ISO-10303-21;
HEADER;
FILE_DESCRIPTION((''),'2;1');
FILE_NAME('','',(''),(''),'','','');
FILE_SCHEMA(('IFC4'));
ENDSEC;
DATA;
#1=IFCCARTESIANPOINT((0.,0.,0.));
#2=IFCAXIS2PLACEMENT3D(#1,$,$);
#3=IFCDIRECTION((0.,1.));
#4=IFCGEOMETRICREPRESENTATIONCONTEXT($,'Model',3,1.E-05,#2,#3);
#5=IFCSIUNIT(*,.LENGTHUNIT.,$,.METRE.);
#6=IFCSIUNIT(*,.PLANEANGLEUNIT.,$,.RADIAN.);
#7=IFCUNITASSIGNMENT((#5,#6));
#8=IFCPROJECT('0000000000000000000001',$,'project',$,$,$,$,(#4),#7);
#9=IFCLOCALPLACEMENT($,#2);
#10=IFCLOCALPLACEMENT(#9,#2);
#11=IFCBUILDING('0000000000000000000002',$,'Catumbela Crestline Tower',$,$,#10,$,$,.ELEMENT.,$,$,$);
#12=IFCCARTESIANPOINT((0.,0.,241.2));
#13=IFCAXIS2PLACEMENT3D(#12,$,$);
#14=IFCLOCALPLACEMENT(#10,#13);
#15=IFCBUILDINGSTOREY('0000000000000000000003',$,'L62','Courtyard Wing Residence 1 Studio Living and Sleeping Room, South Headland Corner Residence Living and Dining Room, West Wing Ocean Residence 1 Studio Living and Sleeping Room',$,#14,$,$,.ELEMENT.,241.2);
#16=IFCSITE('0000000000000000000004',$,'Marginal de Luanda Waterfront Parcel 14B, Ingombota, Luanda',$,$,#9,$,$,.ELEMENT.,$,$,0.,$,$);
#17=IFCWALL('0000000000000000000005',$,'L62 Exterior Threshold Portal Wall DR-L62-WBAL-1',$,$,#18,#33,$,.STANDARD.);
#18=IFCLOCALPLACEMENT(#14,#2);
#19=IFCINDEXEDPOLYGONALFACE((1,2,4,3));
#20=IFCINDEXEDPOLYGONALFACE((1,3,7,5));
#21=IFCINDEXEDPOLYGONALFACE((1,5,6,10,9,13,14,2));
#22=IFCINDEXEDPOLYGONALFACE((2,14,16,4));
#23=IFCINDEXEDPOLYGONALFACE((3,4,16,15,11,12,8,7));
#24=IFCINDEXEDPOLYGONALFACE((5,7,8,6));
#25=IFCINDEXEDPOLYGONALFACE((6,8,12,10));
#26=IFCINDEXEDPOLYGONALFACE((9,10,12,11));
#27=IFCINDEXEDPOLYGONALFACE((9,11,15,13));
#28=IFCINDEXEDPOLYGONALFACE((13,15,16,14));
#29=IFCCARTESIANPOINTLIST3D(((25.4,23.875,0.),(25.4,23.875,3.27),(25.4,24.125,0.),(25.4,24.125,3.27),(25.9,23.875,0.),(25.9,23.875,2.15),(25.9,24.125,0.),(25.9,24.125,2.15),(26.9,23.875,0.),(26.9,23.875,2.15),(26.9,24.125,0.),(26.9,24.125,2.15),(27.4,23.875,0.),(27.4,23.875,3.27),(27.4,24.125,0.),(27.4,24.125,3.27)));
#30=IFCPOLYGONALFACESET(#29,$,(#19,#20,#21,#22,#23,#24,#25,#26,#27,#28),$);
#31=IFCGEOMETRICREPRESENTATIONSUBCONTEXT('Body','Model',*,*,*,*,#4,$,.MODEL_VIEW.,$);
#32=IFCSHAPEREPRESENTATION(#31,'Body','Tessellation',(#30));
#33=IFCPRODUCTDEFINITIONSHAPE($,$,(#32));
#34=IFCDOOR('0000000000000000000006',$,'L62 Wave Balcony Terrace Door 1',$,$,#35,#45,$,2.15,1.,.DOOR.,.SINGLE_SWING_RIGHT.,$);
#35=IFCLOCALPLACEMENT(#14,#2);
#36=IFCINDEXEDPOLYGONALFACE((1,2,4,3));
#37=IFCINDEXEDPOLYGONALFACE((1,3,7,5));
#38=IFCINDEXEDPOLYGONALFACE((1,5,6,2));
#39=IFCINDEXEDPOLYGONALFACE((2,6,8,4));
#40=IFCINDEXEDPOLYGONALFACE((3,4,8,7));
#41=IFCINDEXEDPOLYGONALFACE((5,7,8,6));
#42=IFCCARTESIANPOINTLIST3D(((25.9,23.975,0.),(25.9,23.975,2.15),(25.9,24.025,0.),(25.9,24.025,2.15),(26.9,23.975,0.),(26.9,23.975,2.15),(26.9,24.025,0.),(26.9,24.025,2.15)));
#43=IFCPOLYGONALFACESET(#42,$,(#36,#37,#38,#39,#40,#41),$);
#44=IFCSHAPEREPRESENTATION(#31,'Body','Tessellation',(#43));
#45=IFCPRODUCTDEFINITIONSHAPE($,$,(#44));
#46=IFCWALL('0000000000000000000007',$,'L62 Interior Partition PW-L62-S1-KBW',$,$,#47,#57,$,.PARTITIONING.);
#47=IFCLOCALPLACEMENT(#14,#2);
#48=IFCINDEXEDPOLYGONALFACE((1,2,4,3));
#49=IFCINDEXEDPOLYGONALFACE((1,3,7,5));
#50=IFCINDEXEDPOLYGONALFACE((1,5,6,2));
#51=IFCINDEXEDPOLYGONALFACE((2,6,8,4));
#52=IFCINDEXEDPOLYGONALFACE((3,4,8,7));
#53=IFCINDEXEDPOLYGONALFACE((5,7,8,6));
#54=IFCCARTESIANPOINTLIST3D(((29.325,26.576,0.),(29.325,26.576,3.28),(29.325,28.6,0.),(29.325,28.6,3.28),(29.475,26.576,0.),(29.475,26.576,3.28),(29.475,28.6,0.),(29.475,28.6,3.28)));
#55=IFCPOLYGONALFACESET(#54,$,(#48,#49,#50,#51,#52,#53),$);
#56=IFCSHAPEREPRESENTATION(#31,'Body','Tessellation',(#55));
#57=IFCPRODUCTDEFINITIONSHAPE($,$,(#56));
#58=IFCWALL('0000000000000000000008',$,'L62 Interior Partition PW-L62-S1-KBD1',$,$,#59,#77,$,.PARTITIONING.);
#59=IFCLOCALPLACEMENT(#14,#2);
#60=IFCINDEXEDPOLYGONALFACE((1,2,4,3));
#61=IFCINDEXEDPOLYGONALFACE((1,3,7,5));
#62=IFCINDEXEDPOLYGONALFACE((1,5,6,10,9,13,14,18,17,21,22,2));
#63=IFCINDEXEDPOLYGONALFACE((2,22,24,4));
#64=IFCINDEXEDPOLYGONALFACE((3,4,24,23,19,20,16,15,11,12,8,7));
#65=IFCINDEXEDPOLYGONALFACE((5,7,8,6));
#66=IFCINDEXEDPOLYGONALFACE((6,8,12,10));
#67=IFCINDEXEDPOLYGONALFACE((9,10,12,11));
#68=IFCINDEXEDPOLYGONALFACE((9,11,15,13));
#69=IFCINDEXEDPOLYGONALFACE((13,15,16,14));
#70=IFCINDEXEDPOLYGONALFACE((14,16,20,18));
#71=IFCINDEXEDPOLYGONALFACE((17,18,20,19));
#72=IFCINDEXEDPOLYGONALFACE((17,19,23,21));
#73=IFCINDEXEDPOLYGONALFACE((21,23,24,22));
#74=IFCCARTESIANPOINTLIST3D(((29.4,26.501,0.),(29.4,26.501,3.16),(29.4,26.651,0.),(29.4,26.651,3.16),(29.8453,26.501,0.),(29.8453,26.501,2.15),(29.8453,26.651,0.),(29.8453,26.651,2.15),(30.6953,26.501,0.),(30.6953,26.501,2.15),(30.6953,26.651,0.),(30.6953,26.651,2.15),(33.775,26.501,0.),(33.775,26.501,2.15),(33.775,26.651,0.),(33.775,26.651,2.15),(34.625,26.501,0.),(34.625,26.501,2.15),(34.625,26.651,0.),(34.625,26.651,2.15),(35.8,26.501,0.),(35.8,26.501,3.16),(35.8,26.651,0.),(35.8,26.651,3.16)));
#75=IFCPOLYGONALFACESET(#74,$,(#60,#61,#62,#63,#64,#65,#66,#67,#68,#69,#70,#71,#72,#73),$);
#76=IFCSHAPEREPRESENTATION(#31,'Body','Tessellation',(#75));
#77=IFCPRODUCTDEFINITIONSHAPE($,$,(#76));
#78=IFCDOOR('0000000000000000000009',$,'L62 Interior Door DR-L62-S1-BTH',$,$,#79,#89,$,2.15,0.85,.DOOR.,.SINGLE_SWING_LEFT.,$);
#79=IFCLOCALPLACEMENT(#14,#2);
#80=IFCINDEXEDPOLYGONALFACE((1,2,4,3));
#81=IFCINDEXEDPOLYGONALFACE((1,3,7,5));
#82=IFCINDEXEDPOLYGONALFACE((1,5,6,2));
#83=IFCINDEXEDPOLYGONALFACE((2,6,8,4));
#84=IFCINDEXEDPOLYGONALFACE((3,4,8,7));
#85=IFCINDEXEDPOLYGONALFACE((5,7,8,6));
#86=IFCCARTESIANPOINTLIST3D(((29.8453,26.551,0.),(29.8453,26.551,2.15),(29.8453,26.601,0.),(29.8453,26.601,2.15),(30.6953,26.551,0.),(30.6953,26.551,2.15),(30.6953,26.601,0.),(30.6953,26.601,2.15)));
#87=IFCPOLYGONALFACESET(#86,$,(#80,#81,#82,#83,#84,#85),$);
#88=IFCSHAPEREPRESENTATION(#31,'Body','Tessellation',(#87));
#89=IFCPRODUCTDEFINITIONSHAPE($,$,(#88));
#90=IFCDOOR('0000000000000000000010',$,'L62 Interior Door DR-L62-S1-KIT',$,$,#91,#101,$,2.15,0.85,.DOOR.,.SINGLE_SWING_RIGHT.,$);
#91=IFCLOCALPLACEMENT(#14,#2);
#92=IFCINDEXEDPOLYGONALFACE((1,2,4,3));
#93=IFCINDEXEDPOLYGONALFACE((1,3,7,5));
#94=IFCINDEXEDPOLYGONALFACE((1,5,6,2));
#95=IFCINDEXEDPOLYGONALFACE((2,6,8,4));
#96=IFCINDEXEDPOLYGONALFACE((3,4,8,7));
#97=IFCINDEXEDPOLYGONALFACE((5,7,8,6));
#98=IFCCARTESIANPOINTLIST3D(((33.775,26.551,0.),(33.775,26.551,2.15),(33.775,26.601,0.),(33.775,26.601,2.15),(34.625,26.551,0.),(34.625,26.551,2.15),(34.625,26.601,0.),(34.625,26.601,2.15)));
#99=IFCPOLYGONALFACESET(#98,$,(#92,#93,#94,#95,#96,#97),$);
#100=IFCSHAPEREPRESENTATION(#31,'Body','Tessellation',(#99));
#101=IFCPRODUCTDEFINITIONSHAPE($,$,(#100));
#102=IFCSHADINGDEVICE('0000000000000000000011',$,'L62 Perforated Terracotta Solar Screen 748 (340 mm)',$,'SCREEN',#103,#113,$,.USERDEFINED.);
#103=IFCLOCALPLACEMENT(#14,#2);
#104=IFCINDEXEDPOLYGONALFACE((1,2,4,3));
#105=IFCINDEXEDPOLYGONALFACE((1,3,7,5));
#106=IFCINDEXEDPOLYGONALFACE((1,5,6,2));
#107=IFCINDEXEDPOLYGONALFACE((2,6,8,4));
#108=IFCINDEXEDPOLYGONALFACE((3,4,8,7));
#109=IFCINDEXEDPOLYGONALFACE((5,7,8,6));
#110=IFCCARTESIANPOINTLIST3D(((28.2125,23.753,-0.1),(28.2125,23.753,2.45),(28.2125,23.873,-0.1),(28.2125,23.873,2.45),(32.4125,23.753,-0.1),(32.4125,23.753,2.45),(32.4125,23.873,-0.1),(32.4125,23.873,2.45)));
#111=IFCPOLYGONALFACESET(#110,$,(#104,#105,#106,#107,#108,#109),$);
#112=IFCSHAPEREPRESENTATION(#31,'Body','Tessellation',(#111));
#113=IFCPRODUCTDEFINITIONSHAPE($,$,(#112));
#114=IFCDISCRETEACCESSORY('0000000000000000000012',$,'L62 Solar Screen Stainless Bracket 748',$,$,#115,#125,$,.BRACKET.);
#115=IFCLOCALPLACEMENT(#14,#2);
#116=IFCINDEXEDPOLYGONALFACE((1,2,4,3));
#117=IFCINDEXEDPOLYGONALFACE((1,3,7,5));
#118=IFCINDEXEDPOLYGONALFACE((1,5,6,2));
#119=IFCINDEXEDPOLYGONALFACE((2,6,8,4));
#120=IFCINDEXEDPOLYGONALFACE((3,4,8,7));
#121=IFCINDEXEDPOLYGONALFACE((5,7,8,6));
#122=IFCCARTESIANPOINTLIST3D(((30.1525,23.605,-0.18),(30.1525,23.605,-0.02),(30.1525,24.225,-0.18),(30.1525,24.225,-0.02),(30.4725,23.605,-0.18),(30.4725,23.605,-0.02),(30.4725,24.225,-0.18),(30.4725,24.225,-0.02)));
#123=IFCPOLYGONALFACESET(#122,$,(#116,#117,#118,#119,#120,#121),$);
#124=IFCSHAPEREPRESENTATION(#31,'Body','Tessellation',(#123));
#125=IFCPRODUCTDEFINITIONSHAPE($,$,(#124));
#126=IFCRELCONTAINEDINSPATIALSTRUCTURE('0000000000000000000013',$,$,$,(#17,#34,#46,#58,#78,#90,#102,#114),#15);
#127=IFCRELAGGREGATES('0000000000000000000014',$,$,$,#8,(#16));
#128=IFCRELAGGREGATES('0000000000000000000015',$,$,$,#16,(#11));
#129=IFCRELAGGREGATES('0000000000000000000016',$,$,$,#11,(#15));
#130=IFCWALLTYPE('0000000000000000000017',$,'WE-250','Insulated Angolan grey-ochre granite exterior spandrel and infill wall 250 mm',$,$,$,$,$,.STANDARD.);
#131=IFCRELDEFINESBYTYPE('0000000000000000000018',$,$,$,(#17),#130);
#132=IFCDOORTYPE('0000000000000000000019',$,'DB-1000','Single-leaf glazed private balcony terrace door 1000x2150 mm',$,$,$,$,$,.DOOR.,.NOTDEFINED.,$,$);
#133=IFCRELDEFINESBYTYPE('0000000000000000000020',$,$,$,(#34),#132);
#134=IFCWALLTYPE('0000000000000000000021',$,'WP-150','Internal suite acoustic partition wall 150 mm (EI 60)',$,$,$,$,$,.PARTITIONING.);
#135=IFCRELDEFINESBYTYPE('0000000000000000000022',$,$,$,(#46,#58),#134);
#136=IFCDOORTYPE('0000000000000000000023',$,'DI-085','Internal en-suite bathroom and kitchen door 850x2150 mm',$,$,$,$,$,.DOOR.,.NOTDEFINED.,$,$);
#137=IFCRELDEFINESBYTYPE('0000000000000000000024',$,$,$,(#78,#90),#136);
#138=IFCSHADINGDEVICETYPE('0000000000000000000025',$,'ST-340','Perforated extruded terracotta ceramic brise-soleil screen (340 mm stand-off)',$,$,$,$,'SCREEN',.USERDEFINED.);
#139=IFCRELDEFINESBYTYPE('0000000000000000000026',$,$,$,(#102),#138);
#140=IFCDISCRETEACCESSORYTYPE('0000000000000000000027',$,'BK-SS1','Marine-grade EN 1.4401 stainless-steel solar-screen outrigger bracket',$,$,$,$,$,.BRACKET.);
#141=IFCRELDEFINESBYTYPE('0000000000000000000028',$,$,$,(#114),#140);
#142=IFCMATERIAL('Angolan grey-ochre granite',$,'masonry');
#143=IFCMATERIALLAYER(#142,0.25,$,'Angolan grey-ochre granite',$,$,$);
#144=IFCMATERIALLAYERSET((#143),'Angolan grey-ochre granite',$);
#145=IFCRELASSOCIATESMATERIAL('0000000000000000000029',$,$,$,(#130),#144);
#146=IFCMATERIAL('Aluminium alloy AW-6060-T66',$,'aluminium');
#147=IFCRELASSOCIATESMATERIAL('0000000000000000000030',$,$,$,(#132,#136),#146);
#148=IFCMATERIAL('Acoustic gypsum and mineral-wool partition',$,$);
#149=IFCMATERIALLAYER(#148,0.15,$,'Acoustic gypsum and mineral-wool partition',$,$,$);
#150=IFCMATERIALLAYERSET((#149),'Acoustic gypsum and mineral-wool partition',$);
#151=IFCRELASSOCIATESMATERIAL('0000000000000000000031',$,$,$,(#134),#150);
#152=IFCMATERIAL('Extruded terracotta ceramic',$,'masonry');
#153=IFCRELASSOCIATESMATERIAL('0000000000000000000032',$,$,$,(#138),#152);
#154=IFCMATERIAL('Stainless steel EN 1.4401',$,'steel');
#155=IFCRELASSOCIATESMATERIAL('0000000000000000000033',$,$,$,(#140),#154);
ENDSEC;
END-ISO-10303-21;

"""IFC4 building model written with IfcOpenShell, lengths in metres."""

from ifc_helpers import new_model, si_unit, direction, frame, frame_2d, origin, origin_2d, place, context, subcontext, project, spatial, rectangle, extrude, material, layer, layer_set, type_object, element, fill, save


model = new_model("IFC4")

# Units and contexts
model_context = context("Model", 3, precision=1e-05, world=origin(), true_north=direction((0.0, 1.0)))
body_context = subcontext(model_context, "Body", "Model", "MODEL_VIEW")
ifc_project = project(units=[si_unit("LENGTHUNIT", "METRE"), si_unit("PLANEANGLEUNIT", "RADIAN")], contexts=[model_context])

# Site, building, storey
site_placement = place(None, origin())
site = spatial("IfcSite", under=ifc_project, at=site_placement, Name="Marginal de Luanda Waterfront Parcel 14B, Ingombota, Luanda", CompositionType="ELEMENT", RefElevation=0.0)
building_placement = place(site_placement, origin())
building = spatial("IfcBuilding", under=site, at=building_placement, Name="Catumbela Crestline Tower", CompositionType="ELEMENT")
storey_placement = place(building_placement, frame((0.0, 0.0, 241.2)))
storey = spatial("IfcBuildingStorey", under=building, at=storey_placement, Name="L62", Description="Courtyard Wing Residence 1 Studio Living and Sleeping Room, South Headland Corner Residence Living and Dining Room, West Wing Ocean Residence 1 Studio Living and Sleeping Room", CompositionType="ELEMENT", Elevation=241.2)

# Shared definitions
ifc_material_1 = material(Name="Aluminium alloy AW-6060-T66", Category="aluminium")

# Wall, opening, door
ifc_material_2 = material(Name="Angolan grey-ochre granite", Category="masonry")
ifc_layer_1 = layer(ifc_material_2, 0.25, Name="Angolan grey-ochre granite")
ifc_layer_set_1 = layer_set([ifc_layer_1], Name="Angolan grey-ochre granite")
wall_type_1 = type_object("IfcWallType", Name="WE-250", Description="Insulated Angolan grey-ochre granite exterior spandrel and infill wall 250 mm", PredefinedType="STANDARD", material=ifc_layer_set_1)
wall_1_placement = place(storey_placement, frame((25.4, 24.0, 0.0), z_axis=(0.0, 0.0, 1.0), x_axis=(1.0, 0.0, 0.0)))
wall_1 = element("IfcWall", 1, at=wall_1_placement, inside=storey, type_object=wall_type_1, Name="L62 Exterior Threshold Portal Wall DR-L62-WBAL-1", PredefinedType="STANDARD", context=body_context, shape_type="SweptSolid", body=[
    extrude(rectangle(XDim=2.0, YDim=0.25, at=frame_2d((1.0, 0.0))), origin(), (0.0, 0.0, 1.0), 3.27),
])
opening_1_placement = place(wall_1_placement, frame((0.5, 0.0, 0.0)))
opening_1 = element("IfcOpeningElement", 2, at=opening_1_placement, cuts=wall_1, PredefinedType="OPENING", context=body_context, shape_type="SweptSolid", body=[
    extrude(rectangle(XDim=1.0, YDim=2.15, at=frame_2d((0.5, 1.075))), frame((0.0, 0.135, 0.0), z_axis=(0.0, -1.0, 0.0), x_axis=(1.0, 0.0, 0.0)), (0.0, 0.0, 1.0), 0.27),
])
door_type_1 = type_object("IfcDoorType", Name="DB-1000", Description="Single-leaf glazed private balcony terrace door 1000x2150 mm", OperationType="NOTDEFINED", PredefinedType="DOOR", material=ifc_material_1)
door_1_placement = place(opening_1_placement, origin())
door_1 = element("IfcDoor", 3, at=door_1_placement, inside=storey, type_object=door_type_1, Name="L62 Wave Balcony Terrace Door 1", OperationType="SINGLE_SWING_RIGHT", OverallHeight=2.15, OverallWidth=1.0, PredefinedType="DOOR", context=body_context, shape_type="SweptSolid", body=[
    extrude(rectangle(XDim=1.0, YDim=2.15, at=frame_2d((0.5, 1.075))), frame((0.0, 0.025, 0.0), z_axis=(0.0, -1.0, 0.0), x_axis=(1.0, 0.0, 0.0)), (0.0, 0.0, 1.0), 0.05),
])
fill(opening_1, door_1)

# Wall
ifc_material_3 = material(Name="Acoustic gypsum and mineral-wool partition")
ifc_layer_2 = layer(ifc_material_3, 0.15, Name="Acoustic gypsum and mineral-wool partition")
ifc_layer_set_2 = layer_set([ifc_layer_2], Name="Acoustic gypsum and mineral-wool partition")
wall_type_2 = type_object("IfcWallType", Name="WP-150", Description="Internal suite acoustic partition wall 150 mm (EI 60)", PredefinedType="PARTITIONING", material=ifc_layer_set_2)
wall_2_placement = place(storey_placement, frame((29.4, 26.576, 0.0), z_axis=(0.0, 0.0, 1.0), x_axis=(0.0, 1.0, 0.0)))
element("IfcWall", 4, at=wall_2_placement, inside=storey, type_object=wall_type_2, Name="L62 Interior Partition PW-L62-S1-KBW", PredefinedType="PARTITIONING", context=body_context, shape_type="SweptSolid", body=[
    extrude(rectangle(XDim=2.024, YDim=0.15, at=frame_2d((1.012, 0.0))), origin(), (0.0, 0.0, 1.0), 3.28),
])

# Wall, openings, doors
wall_3_placement = place(storey_placement, frame((29.4, 26.576, 0.0), z_axis=(0.0, 0.0, 1.0), x_axis=(1.0, 0.0, 0.0)))
wall_3 = element("IfcWall", 5, at=wall_3_placement, inside=storey, type_object=wall_type_2, Name="L62 Interior Partition PW-L62-S1-KBD1", PredefinedType="PARTITIONING", context=body_context, shape_type="SweptSolid", body=[
    extrude(rectangle(XDim=6.4, YDim=0.15, at=frame_2d((3.2, 0.0))), origin(), (0.0, 0.0, 1.0), 3.16),
])
opening_2_placement = place(wall_3_placement, frame((0.4453, 0.0, 0.0)))
opening_2 = element("IfcOpeningElement", 6, at=opening_2_placement, cuts=wall_3, PredefinedType="OPENING", context=body_context, shape_type="SweptSolid", body=[
    extrude(rectangle(XDim=0.85, YDim=2.15, at=frame_2d((0.425, 1.075))), frame((0.0, 0.085, 0.0), z_axis=(0.0, -1.0, 0.0), x_axis=(1.0, 0.0, 0.0)), (0.0, 0.0, 1.0), 0.17),
])
opening_3_placement = place(wall_3_placement, frame((4.375, 0.0, 0.0)))
opening_3 = element("IfcOpeningElement", 7, at=opening_3_placement, cuts=wall_3, PredefinedType="OPENING", context=body_context, shape_type="SweptSolid", body=[
    extrude(rectangle(XDim=0.85, YDim=2.15, at=frame_2d((0.425, 1.075))), frame((0.0, 0.085, 0.0), z_axis=(0.0, -1.0, 0.0), x_axis=(1.0, 0.0, 0.0)), (0.0, 0.0, 1.0), 0.17),
])
door_type_2 = type_object("IfcDoorType", Name="DI-085", Description="Internal en-suite bathroom and kitchen door 850x2150 mm", OperationType="NOTDEFINED", PredefinedType="DOOR", material=ifc_material_1)
door_2_placement = place(opening_2_placement, origin())
door_2 = element("IfcDoor", 8, at=door_2_placement, inside=storey, type_object=door_type_2, Name="L62 Interior Door DR-L62-S1-BTH", OperationType="SINGLE_SWING_LEFT", OverallHeight=2.15, OverallWidth=0.85, PredefinedType="DOOR", context=body_context, shape_type="SweptSolid", body=[
    extrude(rectangle(XDim=0.85, YDim=2.15, at=frame_2d((0.425, 1.075))), frame((0.0, 0.025, 0.0), z_axis=(0.0, -1.0, 0.0), x_axis=(1.0, 0.0, 0.0)), (0.0, 0.0, 1.0), 0.05),
])
fill(opening_2, door_2)
door_3_placement = place(opening_3_placement, origin())
door_3 = element("IfcDoor", 9, at=door_3_placement, inside=storey, type_object=door_type_2, Name="L62 Interior Door DR-L62-S1-KIT", OperationType="SINGLE_SWING_RIGHT", OverallHeight=2.15, OverallWidth=0.85, PredefinedType="DOOR", context=body_context, shape_type="SweptSolid", body=[
    extrude(rectangle(XDim=0.85, YDim=2.15, at=frame_2d((0.425, 1.075))), frame((0.0, 0.025, 0.0), z_axis=(0.0, -1.0, 0.0), x_axis=(1.0, 0.0, 0.0)), (0.0, 0.0, 1.0), 0.05),
])
fill(opening_3, door_3)

# Shading device
ifc_material_4 = material(Name="Extruded terracotta ceramic", Category="masonry")
shading_device_type = type_object("IfcShadingDeviceType", Name="ST-340", Description="Perforated extruded terracotta ceramic brise-soleil screen (340 mm stand-off)", ElementType="SCREEN", PredefinedType="USERDEFINED", material=ifc_material_4)
shading_device_placement = place(storey_placement, frame((30.3125, 23.813, -0.1), z_axis=(0.0, 0.0, 1.0), x_axis=(1.0, 0.0, 0.0)))
element("IfcShadingDevice", 10, at=shading_device_placement, inside=storey, type_object=shading_device_type, Name="L62 Perforated Terracotta Solar Screen 748 (340 mm)", ObjectType="SCREEN", PredefinedType="USERDEFINED", context=body_context, shape_type="SweptSolid", body=[
    extrude(rectangle(XDim=4.2, YDim=0.12, at=origin_2d()), origin(), (0.0, 0.0, 1.0), 2.55),
])

# Discrete accessory
ifc_material_5 = material(Name="Stainless steel EN 1.4401", Category="steel")
discrete_accessory_type = type_object("IfcDiscreteAccessoryType", Name="BK-SS1", Description="Marine-grade EN 1.4401 stainless-steel solar-screen outrigger bracket", PredefinedType="BRACKET", material=ifc_material_5)
discrete_accessory_placement = place(storey_placement, frame((30.3125, 23.915, -0.18), z_axis=(0.0, 0.0, 1.0), x_axis=(1.0, 0.0, 0.0)))
element("IfcDiscreteAccessory", 11, at=discrete_accessory_placement, inside=storey, type_object=discrete_accessory_type, Name="L62 Solar Screen Stainless Bracket 748", PredefinedType="BRACKET", context=body_context, shape_type="SweptSolid", body=[
    extrude(rectangle(XDim=0.32, YDim=0.62, at=origin_2d()), origin(), (0.0, 0.0, 1.0), 0.16),
])

save(model, "model.ifc")
